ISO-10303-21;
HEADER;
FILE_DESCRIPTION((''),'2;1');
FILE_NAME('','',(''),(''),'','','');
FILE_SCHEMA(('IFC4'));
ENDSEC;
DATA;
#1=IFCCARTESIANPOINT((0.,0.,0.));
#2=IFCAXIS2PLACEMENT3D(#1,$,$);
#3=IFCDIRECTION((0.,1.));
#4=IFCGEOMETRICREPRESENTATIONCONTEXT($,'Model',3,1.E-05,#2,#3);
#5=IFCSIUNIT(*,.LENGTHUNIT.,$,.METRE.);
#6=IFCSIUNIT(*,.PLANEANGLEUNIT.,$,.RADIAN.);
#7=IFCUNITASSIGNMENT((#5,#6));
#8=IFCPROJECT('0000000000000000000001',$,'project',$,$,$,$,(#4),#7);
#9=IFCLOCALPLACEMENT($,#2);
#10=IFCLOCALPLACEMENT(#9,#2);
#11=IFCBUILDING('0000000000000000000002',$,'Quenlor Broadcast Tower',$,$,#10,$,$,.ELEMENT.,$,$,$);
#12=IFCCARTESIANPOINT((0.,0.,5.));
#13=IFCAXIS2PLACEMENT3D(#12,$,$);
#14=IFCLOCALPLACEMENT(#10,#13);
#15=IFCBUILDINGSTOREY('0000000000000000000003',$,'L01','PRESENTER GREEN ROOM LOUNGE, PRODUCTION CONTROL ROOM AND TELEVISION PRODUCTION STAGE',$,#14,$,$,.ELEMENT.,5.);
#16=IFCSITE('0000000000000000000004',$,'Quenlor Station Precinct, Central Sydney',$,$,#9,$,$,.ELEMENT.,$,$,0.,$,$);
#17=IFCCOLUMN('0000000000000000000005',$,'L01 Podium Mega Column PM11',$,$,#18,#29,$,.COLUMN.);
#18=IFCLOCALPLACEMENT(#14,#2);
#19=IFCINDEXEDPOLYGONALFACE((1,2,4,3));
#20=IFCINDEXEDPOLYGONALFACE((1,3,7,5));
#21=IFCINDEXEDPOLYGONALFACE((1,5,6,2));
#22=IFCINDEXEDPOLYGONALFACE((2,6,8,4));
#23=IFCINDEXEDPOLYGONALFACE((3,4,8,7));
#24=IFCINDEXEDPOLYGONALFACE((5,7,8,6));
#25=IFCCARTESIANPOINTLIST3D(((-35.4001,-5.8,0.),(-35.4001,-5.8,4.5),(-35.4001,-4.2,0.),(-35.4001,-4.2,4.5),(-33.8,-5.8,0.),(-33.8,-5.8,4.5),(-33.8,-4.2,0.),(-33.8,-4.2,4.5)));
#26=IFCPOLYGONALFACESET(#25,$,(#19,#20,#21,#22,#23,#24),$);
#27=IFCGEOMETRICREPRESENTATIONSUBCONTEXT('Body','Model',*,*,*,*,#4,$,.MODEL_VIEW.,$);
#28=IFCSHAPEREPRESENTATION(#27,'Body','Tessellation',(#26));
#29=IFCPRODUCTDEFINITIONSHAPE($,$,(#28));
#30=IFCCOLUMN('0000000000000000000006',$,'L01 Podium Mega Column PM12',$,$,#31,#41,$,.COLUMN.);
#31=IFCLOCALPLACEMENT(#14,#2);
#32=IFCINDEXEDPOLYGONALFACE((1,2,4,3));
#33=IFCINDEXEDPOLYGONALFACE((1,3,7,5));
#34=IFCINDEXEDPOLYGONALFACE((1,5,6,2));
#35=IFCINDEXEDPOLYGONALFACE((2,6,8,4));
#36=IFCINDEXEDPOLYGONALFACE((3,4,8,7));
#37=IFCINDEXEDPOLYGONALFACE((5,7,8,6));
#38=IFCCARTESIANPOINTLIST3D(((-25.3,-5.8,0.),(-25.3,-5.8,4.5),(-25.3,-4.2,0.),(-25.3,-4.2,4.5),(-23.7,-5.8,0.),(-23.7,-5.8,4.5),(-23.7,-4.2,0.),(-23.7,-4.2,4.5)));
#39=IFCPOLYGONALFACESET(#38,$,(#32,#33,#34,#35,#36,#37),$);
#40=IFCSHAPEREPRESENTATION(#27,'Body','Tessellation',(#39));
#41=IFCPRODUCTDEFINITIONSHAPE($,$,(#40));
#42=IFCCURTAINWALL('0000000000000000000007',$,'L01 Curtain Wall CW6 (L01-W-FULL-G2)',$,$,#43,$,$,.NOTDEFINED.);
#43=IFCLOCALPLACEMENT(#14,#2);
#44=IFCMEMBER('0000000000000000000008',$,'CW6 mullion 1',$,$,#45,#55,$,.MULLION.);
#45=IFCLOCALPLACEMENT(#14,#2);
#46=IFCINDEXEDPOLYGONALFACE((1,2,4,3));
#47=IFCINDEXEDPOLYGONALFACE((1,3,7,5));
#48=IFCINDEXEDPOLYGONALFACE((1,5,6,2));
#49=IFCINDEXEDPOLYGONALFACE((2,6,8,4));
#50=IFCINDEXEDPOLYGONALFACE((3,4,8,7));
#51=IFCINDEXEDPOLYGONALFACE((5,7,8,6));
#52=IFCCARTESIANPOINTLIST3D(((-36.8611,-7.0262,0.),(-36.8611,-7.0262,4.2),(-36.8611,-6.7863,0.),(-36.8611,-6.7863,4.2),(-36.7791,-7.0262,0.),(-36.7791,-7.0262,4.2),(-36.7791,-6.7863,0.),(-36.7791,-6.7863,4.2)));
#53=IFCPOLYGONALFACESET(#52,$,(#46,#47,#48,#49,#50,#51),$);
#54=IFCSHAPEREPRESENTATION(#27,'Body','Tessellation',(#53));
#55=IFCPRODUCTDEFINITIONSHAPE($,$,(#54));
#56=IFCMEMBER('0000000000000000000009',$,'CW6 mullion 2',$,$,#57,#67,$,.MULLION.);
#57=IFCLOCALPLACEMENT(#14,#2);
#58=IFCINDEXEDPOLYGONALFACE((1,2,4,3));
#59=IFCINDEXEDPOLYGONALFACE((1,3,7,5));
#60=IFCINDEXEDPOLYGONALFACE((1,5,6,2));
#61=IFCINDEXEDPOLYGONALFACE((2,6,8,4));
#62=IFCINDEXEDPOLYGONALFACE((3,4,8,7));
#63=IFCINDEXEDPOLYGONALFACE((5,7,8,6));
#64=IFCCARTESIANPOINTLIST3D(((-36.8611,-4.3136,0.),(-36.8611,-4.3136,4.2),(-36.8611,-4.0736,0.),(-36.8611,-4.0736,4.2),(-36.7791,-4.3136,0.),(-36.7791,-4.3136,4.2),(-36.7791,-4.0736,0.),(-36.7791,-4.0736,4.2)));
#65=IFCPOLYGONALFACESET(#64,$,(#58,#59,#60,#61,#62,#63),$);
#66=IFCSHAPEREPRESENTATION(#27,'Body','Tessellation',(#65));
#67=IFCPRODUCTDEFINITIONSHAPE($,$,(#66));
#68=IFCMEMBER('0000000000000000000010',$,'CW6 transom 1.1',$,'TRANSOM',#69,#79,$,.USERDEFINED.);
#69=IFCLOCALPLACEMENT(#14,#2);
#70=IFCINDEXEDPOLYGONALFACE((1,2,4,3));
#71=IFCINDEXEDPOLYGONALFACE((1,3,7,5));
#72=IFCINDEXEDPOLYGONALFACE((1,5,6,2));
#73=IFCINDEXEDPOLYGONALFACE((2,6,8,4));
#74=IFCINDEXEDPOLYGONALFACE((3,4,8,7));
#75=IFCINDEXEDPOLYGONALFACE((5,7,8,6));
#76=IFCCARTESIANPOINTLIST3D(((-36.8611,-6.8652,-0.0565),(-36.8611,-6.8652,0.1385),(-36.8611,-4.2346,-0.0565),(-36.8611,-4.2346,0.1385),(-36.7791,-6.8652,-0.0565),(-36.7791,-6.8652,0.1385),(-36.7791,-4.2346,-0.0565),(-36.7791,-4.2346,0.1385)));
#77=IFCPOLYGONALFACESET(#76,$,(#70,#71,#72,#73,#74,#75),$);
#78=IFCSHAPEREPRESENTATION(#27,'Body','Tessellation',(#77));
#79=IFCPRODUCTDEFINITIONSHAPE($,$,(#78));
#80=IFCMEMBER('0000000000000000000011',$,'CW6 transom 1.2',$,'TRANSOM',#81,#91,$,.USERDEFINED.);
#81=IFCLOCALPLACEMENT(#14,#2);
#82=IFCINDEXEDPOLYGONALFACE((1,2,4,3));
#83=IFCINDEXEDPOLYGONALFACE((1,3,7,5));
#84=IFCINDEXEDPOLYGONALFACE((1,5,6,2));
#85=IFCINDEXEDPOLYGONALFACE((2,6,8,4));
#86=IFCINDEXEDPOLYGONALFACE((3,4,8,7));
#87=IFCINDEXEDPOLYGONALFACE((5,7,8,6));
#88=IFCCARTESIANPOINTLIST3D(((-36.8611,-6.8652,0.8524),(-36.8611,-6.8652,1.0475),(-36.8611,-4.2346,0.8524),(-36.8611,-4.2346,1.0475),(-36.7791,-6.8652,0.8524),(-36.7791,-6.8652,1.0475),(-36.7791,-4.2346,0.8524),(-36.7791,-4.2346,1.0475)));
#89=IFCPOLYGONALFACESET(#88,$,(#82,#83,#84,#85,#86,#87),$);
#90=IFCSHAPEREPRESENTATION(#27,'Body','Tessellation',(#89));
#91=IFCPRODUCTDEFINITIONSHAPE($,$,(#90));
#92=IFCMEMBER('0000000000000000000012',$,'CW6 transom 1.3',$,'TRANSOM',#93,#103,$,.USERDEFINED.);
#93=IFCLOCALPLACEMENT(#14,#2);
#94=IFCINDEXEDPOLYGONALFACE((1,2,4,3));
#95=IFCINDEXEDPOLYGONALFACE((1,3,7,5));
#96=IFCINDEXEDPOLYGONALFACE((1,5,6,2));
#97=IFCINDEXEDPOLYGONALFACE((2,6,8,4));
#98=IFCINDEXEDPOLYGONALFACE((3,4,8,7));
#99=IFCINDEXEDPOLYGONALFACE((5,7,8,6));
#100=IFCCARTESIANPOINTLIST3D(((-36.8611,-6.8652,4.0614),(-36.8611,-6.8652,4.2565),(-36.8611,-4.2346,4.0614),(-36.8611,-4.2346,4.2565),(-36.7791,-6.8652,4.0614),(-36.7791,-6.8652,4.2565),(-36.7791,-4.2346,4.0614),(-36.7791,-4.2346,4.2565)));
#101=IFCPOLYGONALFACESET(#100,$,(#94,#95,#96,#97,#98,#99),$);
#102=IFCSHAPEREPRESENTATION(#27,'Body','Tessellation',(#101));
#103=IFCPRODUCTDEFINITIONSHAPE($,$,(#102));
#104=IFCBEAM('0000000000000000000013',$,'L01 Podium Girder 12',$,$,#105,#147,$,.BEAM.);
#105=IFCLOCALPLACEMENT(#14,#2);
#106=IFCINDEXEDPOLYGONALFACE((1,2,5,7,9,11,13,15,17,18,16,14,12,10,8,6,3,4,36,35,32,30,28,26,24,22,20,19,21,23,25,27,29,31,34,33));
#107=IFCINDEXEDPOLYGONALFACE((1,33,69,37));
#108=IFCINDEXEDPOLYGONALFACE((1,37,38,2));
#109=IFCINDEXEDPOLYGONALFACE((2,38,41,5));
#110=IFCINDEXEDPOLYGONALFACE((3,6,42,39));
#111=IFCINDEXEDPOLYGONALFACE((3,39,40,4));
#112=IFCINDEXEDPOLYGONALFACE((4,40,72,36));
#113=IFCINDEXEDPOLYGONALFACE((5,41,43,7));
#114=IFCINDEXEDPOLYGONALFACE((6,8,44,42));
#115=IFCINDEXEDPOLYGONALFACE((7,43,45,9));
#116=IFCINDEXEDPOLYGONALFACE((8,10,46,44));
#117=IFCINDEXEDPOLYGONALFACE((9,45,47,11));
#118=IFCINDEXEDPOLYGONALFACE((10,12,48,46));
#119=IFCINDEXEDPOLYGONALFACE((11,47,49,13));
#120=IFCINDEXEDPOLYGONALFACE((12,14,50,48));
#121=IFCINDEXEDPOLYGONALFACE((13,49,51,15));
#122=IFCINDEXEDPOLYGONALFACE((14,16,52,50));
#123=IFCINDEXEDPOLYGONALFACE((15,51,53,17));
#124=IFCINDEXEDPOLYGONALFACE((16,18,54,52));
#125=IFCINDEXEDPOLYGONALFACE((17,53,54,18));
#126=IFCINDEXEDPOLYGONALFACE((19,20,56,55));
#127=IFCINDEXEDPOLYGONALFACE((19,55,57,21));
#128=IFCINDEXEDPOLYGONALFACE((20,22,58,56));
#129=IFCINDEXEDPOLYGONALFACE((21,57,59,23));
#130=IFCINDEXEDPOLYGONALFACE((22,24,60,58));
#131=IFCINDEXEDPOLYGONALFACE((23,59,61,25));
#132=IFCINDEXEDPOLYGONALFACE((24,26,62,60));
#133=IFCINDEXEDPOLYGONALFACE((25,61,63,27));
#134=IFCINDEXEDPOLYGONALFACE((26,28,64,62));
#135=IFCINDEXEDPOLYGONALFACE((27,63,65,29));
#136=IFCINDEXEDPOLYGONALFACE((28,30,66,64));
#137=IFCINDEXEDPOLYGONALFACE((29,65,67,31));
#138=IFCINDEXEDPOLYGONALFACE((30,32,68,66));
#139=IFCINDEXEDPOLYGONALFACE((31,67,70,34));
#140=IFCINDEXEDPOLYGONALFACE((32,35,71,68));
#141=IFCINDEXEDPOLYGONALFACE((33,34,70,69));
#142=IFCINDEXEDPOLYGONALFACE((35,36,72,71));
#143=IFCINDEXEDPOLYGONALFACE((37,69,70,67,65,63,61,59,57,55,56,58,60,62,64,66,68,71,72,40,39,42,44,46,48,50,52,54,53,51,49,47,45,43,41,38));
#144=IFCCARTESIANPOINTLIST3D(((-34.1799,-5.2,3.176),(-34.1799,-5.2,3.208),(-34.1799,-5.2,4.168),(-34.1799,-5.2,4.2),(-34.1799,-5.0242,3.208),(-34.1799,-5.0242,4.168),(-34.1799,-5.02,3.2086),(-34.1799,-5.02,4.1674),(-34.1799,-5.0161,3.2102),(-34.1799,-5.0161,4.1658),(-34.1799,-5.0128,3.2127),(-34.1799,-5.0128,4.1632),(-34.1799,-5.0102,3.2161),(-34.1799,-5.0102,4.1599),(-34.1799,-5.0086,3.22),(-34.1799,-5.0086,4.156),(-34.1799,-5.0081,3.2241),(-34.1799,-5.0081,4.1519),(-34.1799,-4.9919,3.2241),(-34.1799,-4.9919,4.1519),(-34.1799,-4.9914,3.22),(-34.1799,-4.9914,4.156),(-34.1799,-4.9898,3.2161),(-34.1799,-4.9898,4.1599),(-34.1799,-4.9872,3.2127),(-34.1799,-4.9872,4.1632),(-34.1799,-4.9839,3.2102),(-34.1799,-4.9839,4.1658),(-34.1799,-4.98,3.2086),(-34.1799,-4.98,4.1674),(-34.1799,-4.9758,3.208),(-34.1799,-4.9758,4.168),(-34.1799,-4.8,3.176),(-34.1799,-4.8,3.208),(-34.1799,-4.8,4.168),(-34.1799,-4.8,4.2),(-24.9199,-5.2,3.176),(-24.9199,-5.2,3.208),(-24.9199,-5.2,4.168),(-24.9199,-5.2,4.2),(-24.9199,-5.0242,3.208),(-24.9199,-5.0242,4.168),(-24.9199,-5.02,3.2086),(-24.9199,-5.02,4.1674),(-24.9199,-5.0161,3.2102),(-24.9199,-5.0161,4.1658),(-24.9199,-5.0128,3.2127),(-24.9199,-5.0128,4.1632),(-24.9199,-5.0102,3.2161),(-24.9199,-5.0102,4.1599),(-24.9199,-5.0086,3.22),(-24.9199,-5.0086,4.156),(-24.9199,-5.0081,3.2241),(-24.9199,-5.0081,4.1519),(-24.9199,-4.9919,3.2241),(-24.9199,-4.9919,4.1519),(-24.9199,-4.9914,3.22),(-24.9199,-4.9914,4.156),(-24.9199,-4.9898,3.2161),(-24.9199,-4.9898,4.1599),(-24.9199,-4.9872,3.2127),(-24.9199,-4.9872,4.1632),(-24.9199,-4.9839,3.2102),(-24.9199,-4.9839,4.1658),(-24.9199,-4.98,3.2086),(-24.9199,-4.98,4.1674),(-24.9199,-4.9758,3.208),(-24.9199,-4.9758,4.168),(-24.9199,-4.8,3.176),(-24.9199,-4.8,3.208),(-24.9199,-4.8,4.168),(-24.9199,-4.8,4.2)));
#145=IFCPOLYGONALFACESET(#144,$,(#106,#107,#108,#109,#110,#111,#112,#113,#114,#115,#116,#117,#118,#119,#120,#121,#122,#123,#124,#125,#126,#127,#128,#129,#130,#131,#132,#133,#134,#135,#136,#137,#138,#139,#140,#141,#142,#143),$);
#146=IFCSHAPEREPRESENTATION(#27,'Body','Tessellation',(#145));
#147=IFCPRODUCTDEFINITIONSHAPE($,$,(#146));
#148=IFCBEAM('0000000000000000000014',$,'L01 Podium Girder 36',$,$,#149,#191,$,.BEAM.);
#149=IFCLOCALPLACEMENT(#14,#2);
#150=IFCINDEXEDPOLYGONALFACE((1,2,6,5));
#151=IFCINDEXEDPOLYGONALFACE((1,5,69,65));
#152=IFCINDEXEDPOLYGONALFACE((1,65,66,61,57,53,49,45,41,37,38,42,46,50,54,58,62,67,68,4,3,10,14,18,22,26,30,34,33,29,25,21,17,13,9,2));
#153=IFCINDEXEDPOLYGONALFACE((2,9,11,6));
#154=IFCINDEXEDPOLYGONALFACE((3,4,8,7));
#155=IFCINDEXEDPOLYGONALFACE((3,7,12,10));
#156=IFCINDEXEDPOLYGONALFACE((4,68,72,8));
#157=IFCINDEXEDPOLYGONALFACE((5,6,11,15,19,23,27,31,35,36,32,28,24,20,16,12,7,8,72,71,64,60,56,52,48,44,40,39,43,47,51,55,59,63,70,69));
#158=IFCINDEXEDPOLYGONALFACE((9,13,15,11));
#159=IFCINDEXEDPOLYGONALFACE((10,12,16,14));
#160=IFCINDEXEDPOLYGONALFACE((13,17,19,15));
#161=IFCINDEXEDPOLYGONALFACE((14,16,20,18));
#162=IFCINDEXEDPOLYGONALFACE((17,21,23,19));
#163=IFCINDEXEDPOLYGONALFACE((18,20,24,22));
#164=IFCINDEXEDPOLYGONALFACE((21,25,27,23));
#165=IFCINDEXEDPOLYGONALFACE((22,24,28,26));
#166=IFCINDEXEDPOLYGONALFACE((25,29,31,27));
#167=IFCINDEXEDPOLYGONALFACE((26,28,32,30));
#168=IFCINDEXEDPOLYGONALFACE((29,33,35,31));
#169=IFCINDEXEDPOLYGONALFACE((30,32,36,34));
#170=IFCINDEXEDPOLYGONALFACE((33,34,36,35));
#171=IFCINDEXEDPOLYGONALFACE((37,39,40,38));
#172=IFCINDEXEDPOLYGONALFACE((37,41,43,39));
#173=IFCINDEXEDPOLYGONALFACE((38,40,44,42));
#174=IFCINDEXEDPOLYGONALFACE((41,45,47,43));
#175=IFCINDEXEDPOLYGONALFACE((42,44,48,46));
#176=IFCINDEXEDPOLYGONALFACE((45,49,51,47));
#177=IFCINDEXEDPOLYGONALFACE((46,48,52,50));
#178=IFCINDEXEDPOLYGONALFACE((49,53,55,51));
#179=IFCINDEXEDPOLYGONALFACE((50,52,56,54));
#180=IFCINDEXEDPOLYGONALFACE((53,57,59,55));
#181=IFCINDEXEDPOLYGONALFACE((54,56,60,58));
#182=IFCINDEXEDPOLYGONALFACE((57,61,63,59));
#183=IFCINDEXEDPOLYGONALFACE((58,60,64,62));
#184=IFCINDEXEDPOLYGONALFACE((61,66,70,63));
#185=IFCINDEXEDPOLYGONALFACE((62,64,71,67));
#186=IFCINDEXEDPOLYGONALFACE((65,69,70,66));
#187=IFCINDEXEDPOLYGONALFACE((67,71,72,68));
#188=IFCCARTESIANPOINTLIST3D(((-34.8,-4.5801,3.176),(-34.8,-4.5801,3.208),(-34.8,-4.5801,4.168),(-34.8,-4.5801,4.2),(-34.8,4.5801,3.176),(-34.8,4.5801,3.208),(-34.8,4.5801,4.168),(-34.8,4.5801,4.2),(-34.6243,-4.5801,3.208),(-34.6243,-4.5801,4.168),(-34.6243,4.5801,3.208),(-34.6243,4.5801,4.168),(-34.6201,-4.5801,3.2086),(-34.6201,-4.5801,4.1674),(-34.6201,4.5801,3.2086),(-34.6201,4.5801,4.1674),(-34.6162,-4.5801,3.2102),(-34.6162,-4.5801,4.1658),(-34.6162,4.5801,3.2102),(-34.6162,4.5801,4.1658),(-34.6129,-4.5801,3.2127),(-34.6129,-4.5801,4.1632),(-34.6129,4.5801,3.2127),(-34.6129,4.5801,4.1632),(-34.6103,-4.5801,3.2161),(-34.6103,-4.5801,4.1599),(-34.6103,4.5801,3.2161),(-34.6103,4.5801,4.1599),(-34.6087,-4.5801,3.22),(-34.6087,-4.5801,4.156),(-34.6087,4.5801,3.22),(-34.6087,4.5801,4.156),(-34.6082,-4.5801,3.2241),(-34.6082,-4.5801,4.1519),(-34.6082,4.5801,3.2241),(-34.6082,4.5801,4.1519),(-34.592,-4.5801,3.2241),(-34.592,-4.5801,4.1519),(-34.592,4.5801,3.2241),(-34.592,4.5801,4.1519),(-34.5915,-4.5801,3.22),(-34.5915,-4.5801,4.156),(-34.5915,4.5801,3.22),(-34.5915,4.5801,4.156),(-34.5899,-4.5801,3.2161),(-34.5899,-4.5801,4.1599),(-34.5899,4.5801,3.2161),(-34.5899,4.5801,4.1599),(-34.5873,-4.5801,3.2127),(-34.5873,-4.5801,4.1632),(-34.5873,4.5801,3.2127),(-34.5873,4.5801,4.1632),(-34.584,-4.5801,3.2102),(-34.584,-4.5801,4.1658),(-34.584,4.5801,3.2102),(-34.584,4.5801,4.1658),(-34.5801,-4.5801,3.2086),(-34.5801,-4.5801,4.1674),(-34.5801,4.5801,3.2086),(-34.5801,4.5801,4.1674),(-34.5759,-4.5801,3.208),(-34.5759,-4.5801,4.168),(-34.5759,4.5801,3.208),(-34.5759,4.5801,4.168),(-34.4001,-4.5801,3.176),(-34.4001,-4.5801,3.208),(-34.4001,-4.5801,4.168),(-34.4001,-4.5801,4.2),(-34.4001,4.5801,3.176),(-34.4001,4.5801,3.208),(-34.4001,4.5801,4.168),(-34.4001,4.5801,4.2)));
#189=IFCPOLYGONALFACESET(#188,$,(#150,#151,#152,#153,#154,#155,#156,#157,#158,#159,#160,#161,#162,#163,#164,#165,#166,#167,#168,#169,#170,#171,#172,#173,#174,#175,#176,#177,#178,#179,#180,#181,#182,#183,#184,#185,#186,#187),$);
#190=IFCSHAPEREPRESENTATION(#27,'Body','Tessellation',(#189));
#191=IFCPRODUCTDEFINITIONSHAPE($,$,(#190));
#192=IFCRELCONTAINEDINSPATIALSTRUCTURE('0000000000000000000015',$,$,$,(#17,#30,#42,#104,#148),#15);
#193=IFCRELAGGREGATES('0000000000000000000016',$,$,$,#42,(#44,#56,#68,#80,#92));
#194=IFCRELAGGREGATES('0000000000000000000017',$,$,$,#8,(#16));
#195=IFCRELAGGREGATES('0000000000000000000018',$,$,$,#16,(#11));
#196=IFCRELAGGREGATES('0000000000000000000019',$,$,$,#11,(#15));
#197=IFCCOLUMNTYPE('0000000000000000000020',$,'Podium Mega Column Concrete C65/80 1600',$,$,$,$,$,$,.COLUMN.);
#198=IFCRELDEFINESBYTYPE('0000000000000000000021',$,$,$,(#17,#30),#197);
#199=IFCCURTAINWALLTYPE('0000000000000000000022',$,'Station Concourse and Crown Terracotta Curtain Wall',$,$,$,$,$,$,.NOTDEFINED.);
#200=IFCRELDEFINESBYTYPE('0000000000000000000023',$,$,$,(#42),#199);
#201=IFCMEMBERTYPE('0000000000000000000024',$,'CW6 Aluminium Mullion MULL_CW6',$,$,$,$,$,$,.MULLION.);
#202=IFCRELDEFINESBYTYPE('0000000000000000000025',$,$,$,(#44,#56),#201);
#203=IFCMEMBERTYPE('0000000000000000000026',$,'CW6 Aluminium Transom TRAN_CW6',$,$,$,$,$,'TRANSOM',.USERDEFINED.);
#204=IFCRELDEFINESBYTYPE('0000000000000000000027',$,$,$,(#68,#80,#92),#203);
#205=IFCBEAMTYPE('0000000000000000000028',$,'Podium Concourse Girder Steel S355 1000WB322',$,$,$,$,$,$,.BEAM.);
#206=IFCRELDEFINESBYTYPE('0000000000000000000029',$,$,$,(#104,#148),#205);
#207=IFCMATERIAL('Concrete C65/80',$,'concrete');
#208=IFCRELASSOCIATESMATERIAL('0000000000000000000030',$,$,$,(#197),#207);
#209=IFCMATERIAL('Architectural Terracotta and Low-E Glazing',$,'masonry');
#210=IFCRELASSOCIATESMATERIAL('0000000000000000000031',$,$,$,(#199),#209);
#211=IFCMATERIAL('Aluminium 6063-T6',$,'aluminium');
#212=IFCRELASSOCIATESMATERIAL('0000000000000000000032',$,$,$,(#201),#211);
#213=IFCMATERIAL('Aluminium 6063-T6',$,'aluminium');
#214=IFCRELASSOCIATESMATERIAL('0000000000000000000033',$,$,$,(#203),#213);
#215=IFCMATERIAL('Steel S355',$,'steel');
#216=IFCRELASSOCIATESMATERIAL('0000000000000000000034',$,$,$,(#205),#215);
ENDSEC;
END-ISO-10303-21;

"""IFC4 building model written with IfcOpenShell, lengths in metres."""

from ifc_helpers import new_model, si_unit, direction, frame, origin, origin_2d, place, context, subcontext, project, spatial, rectangle, i_section, extrude, material, material_profile, profile_set, type_object, element, aggregate, save


model = new_model("IFC4")

# Units and contexts
model_context = context("Model", 3, precision=1e-05, world=origin(), true_north=direction((0.0, 1.0)))
body_context = subcontext(model_context, "Body", "Model", "MODEL_VIEW")
ifc_project = project(units=[si_unit("LENGTHUNIT", "METRE"), si_unit("PLANEANGLEUNIT", "RADIAN")], contexts=[model_context])

# Site, building, storey
site_placement = place(None, origin())
site = spatial("IfcSite", under=ifc_project, at=site_placement, Name="Quenlor Station Precinct, Central Sydney", CompositionType="ELEMENT", RefElevation=0.0)
building_placement = place(site_placement, origin())
building = spatial("IfcBuilding", under=site, at=building_placement, Name="Quenlor Broadcast Tower", CompositionType="ELEMENT")
storey_placement = place(building_placement, frame((0.0, 0.0, 5.0)))
storey = spatial("IfcBuildingStorey", under=building, at=storey_placement, Name="L01", Description="PRESENTER GREEN ROOM LOUNGE, PRODUCTION CONTROL ROOM AND TELEVISION PRODUCTION STAGE", CompositionType="ELEMENT", Elevation=5.0)

# Columns
ifc_material_1 = material(Name="Concrete C65/80", Category="concrete")
ifc_material_profile_1 = material_profile(ifc_material_1, rectangle(XDim=1.6001, YDim=1.6001, at=origin_2d()))
ifc_profile_set_1 = profile_set([ifc_material_profile_1], Name="Concrete C65/80 RC1600x1600")
column_type = type_object("IfcColumnType", Name="Podium Mega Column Concrete C65/80 1600", PredefinedType="COLUMN", material=ifc_profile_set_1)
for number, where, z_axis, x_axis, name in (
    (1, (-34.6001, -5.0, 0.0), (0.0, 0.0, 1.0), (1.0, 0.0, 0.0), "L01 Podium Mega Column PM11"),
    (2, (-24.5, -5.0, 0.0), (0.0, 0.0, 1.0), (1.0, 0.0, 0.0), "L01 Podium Mega Column PM12"),
):
    element("IfcColumn", number, at=place(storey_placement, frame(where, z_axis=z_axis, x_axis=x_axis)), inside=storey, type_object=column_type, Name=name, PredefinedType="COLUMN", context=body_context, shape_type="SweptSolid", body=[
        extrude(rectangle(XDim=1.6001, YDim=1.6001, at=origin_2d()), origin(), (0.0, 0.0, 1.0), 4.5),
    ])

# Curtain wall, members
ifc_material_2 = material(Name="Architectural Terracotta and Low-E Glazing", Category="masonry")
curtain_wall_type = type_object("IfcCurtainWallType", Name="Station Concourse and Crown Terracotta Curtain Wall", PredefinedType="NOTDEFINED", material=ifc_material_2)
curtain_wall_placement = place(storey_placement, origin())
curtain_wall = element("IfcCurtainWall", 3, at=curtain_wall_placement, inside=storey, type_object=curtain_wall_type, Name="L01 Curtain Wall CW6 (L01-W-FULL-G2)", PredefinedType="NOTDEFINED")
ifc_material_3 = material(Name="Aluminium 6063-T6", Category="aluminium")
ifc_material_profile_2 = material_profile(ifc_material_3, rectangle(XDim=0.082, YDim=0.24, at=origin_2d()))
ifc_profile_set_2 = profile_set([ifc_material_profile_2], Name="Aluminium 6063-T6 MULL82x240")
member_type_1 = type_object("IfcMemberType", Name="CW6 Aluminium Mullion MULL_CW6", PredefinedType="MULLION", material=ifc_profile_set_2)
member_1_placement = place(storey_placement, frame((-36.8201, -6.9062, 0.0), z_axis=(0.0, 0.0, 1.0), x_axis=(-1.0, 0.0, 0.0)))
member_1 = element("IfcMember", 4, at=member_1_placement, type_object=member_type_1, Name="CW6 mullion 1", PredefinedType="MULLION", context=body_context, shape_type="SweptSolid", body=[
    extrude(rectangle(XDim=0.082, YDim=0.24, at=origin_2d()), origin(), (0.0, 0.0, 1.0), 4.2),
])
member_2_placement = place(storey_placement, frame((-36.8201, -4.1936, 0.0), z_axis=(0.0, 0.0, 1.0), x_axis=(-1.0, 0.0, 0.0)))
member_2 = element("IfcMember", 5, at=member_2_placement, type_object=member_type_1, Name="CW6 mullion 2", PredefinedType="MULLION", context=body_context, shape_type="SweptSolid", body=[
    extrude(rectangle(XDim=0.082, YDim=0.24, at=origin_2d()), origin(), (0.0, 0.0, 1.0), 4.2),
])
ifc_material_4 = material(Name="Aluminium 6063-T6", Category="aluminium")
ifc_material_profile_3 = material_profile(ifc_material_4, rectangle(XDim=0.082, YDim=0.1951, at=origin_2d()))
ifc_profile_set_3 = profile_set([ifc_material_profile_3], Name="Aluminium 6063-T6 TRAN82x195")
member_type_2 = type_object("IfcMemberType", Name="CW6 Aluminium Transom TRAN_CW6", ElementType="TRANSOM", PredefinedType="USERDEFINED", material=ifc_profile_set_3)
member_3_placement = place(storey_placement, frame((-36.8201, -6.8652, 0.041), z_axis=(0.0, 1.0, 0.0), x_axis=(-1.0, 0.0, 0.0)))
member_3 = element("IfcMember", 6, at=member_3_placement, type_object=member_type_2, Name="CW6 transom 1.1", ObjectType="TRANSOM", PredefinedType="USERDEFINED", context=body_context, shape_type="SweptSolid", body=[
    extrude(rectangle(XDim=0.082, YDim=0.1951, at=origin_2d()), origin(), (0.0, 0.0, 1.0), 2.6306),
])
member_4_placement = place(storey_placement, frame((-36.8201, -6.8652, 0.95), z_axis=(0.0, 1.0, 0.0), x_axis=(-1.0, 0.0, 0.0)))
member_4 = element("IfcMember", 7, at=member_4_placement, type_object=member_type_2, Name="CW6 transom 1.2", ObjectType="TRANSOM", PredefinedType="USERDEFINED", context=body_context, shape_type="SweptSolid", body=[
    extrude(rectangle(XDim=0.082, YDim=0.1951, at=origin_2d()), origin(), (0.0, 0.0, 1.0), 2.6306),
])
member_5_placement = place(storey_placement, frame((-36.8201, -6.8652, 4.1589), z_axis=(0.0, 1.0, 0.0), x_axis=(-1.0, 0.0, 0.0)))
member_5 = element("IfcMember", 8, at=member_5_placement, type_object=member_type_2, Name="CW6 transom 1.3", ObjectType="TRANSOM", PredefinedType="USERDEFINED", context=body_context, shape_type="SweptSolid", body=[
    extrude(rectangle(XDim=0.082, YDim=0.1951, at=origin_2d()), origin(), (0.0, 0.0, 1.0), 2.6306),
])

# Beams
ifc_material_5 = material(Name="Steel S355", Category="steel")
ifc_material_profile_4 = material_profile(ifc_material_5, i_section(OverallWidth=0.3999, OverallDepth=1.0239, WebThickness=0.0161, FlangeThickness=0.032, FilletRadius=0.0161, at=origin_2d()))
ifc_profile_set_4 = profile_set([ifc_material_profile_4], Name="Steel S355 1000WB322")
beam_type_1 = type_object("IfcBeamType", Name="Podium Concourse Girder Steel S355 1000WB322", PredefinedType="BEAM", material=ifc_profile_set_4)
beam_1_placement = place(storey_placement, frame((-34.1799, -5.0, 3.688), z_axis=(1.0, 0.0, 0.0), x_axis=(0.0, 1.0, 0.0)))
element("IfcBeam", 9, at=beam_1_placement, inside=storey, type_object=beam_type_1, Name="L01 Podium Girder 12", PredefinedType="BEAM", context=body_context, shape_type="SweptSolid", body=[
    extrude(i_section(OverallWidth=0.3999, OverallDepth=1.0239, WebThickness=0.0161, FlangeThickness=0.032, FilletRadius=0.0161, at=origin_2d()), origin(), (0.0, 0.0, 1.0), 9.26),
])
for number, where, z_axis, x_axis, name in (
    (10, (-34.6001, -4.5801, 3.688), (0.0, 1.0, 0.0), (-1.0, 0.0, 0.0), "L01 Podium Girder 36"),
):
    element("IfcBeam", number, at=place(storey_placement, frame(where, z_axis=z_axis, x_axis=x_axis)), inside=storey, type_object=beam_type_1, Name=name, PredefinedType="BEAM", context=body_context, shape_type="SweptSolid", body=[
        extrude(i_section(OverallWidth=0.3999, OverallDepth=1.0239, WebThickness=0.0161, FlangeThickness=0.032, FilletRadius=0.0161, at=origin_2d()), origin(), (0.0, 0.0, 1.0), 9.1602),
    ])

aggregate(curtain_wall, [member_1, member_2, member_3, member_4, member_5])

save(model, "model.ifc")
